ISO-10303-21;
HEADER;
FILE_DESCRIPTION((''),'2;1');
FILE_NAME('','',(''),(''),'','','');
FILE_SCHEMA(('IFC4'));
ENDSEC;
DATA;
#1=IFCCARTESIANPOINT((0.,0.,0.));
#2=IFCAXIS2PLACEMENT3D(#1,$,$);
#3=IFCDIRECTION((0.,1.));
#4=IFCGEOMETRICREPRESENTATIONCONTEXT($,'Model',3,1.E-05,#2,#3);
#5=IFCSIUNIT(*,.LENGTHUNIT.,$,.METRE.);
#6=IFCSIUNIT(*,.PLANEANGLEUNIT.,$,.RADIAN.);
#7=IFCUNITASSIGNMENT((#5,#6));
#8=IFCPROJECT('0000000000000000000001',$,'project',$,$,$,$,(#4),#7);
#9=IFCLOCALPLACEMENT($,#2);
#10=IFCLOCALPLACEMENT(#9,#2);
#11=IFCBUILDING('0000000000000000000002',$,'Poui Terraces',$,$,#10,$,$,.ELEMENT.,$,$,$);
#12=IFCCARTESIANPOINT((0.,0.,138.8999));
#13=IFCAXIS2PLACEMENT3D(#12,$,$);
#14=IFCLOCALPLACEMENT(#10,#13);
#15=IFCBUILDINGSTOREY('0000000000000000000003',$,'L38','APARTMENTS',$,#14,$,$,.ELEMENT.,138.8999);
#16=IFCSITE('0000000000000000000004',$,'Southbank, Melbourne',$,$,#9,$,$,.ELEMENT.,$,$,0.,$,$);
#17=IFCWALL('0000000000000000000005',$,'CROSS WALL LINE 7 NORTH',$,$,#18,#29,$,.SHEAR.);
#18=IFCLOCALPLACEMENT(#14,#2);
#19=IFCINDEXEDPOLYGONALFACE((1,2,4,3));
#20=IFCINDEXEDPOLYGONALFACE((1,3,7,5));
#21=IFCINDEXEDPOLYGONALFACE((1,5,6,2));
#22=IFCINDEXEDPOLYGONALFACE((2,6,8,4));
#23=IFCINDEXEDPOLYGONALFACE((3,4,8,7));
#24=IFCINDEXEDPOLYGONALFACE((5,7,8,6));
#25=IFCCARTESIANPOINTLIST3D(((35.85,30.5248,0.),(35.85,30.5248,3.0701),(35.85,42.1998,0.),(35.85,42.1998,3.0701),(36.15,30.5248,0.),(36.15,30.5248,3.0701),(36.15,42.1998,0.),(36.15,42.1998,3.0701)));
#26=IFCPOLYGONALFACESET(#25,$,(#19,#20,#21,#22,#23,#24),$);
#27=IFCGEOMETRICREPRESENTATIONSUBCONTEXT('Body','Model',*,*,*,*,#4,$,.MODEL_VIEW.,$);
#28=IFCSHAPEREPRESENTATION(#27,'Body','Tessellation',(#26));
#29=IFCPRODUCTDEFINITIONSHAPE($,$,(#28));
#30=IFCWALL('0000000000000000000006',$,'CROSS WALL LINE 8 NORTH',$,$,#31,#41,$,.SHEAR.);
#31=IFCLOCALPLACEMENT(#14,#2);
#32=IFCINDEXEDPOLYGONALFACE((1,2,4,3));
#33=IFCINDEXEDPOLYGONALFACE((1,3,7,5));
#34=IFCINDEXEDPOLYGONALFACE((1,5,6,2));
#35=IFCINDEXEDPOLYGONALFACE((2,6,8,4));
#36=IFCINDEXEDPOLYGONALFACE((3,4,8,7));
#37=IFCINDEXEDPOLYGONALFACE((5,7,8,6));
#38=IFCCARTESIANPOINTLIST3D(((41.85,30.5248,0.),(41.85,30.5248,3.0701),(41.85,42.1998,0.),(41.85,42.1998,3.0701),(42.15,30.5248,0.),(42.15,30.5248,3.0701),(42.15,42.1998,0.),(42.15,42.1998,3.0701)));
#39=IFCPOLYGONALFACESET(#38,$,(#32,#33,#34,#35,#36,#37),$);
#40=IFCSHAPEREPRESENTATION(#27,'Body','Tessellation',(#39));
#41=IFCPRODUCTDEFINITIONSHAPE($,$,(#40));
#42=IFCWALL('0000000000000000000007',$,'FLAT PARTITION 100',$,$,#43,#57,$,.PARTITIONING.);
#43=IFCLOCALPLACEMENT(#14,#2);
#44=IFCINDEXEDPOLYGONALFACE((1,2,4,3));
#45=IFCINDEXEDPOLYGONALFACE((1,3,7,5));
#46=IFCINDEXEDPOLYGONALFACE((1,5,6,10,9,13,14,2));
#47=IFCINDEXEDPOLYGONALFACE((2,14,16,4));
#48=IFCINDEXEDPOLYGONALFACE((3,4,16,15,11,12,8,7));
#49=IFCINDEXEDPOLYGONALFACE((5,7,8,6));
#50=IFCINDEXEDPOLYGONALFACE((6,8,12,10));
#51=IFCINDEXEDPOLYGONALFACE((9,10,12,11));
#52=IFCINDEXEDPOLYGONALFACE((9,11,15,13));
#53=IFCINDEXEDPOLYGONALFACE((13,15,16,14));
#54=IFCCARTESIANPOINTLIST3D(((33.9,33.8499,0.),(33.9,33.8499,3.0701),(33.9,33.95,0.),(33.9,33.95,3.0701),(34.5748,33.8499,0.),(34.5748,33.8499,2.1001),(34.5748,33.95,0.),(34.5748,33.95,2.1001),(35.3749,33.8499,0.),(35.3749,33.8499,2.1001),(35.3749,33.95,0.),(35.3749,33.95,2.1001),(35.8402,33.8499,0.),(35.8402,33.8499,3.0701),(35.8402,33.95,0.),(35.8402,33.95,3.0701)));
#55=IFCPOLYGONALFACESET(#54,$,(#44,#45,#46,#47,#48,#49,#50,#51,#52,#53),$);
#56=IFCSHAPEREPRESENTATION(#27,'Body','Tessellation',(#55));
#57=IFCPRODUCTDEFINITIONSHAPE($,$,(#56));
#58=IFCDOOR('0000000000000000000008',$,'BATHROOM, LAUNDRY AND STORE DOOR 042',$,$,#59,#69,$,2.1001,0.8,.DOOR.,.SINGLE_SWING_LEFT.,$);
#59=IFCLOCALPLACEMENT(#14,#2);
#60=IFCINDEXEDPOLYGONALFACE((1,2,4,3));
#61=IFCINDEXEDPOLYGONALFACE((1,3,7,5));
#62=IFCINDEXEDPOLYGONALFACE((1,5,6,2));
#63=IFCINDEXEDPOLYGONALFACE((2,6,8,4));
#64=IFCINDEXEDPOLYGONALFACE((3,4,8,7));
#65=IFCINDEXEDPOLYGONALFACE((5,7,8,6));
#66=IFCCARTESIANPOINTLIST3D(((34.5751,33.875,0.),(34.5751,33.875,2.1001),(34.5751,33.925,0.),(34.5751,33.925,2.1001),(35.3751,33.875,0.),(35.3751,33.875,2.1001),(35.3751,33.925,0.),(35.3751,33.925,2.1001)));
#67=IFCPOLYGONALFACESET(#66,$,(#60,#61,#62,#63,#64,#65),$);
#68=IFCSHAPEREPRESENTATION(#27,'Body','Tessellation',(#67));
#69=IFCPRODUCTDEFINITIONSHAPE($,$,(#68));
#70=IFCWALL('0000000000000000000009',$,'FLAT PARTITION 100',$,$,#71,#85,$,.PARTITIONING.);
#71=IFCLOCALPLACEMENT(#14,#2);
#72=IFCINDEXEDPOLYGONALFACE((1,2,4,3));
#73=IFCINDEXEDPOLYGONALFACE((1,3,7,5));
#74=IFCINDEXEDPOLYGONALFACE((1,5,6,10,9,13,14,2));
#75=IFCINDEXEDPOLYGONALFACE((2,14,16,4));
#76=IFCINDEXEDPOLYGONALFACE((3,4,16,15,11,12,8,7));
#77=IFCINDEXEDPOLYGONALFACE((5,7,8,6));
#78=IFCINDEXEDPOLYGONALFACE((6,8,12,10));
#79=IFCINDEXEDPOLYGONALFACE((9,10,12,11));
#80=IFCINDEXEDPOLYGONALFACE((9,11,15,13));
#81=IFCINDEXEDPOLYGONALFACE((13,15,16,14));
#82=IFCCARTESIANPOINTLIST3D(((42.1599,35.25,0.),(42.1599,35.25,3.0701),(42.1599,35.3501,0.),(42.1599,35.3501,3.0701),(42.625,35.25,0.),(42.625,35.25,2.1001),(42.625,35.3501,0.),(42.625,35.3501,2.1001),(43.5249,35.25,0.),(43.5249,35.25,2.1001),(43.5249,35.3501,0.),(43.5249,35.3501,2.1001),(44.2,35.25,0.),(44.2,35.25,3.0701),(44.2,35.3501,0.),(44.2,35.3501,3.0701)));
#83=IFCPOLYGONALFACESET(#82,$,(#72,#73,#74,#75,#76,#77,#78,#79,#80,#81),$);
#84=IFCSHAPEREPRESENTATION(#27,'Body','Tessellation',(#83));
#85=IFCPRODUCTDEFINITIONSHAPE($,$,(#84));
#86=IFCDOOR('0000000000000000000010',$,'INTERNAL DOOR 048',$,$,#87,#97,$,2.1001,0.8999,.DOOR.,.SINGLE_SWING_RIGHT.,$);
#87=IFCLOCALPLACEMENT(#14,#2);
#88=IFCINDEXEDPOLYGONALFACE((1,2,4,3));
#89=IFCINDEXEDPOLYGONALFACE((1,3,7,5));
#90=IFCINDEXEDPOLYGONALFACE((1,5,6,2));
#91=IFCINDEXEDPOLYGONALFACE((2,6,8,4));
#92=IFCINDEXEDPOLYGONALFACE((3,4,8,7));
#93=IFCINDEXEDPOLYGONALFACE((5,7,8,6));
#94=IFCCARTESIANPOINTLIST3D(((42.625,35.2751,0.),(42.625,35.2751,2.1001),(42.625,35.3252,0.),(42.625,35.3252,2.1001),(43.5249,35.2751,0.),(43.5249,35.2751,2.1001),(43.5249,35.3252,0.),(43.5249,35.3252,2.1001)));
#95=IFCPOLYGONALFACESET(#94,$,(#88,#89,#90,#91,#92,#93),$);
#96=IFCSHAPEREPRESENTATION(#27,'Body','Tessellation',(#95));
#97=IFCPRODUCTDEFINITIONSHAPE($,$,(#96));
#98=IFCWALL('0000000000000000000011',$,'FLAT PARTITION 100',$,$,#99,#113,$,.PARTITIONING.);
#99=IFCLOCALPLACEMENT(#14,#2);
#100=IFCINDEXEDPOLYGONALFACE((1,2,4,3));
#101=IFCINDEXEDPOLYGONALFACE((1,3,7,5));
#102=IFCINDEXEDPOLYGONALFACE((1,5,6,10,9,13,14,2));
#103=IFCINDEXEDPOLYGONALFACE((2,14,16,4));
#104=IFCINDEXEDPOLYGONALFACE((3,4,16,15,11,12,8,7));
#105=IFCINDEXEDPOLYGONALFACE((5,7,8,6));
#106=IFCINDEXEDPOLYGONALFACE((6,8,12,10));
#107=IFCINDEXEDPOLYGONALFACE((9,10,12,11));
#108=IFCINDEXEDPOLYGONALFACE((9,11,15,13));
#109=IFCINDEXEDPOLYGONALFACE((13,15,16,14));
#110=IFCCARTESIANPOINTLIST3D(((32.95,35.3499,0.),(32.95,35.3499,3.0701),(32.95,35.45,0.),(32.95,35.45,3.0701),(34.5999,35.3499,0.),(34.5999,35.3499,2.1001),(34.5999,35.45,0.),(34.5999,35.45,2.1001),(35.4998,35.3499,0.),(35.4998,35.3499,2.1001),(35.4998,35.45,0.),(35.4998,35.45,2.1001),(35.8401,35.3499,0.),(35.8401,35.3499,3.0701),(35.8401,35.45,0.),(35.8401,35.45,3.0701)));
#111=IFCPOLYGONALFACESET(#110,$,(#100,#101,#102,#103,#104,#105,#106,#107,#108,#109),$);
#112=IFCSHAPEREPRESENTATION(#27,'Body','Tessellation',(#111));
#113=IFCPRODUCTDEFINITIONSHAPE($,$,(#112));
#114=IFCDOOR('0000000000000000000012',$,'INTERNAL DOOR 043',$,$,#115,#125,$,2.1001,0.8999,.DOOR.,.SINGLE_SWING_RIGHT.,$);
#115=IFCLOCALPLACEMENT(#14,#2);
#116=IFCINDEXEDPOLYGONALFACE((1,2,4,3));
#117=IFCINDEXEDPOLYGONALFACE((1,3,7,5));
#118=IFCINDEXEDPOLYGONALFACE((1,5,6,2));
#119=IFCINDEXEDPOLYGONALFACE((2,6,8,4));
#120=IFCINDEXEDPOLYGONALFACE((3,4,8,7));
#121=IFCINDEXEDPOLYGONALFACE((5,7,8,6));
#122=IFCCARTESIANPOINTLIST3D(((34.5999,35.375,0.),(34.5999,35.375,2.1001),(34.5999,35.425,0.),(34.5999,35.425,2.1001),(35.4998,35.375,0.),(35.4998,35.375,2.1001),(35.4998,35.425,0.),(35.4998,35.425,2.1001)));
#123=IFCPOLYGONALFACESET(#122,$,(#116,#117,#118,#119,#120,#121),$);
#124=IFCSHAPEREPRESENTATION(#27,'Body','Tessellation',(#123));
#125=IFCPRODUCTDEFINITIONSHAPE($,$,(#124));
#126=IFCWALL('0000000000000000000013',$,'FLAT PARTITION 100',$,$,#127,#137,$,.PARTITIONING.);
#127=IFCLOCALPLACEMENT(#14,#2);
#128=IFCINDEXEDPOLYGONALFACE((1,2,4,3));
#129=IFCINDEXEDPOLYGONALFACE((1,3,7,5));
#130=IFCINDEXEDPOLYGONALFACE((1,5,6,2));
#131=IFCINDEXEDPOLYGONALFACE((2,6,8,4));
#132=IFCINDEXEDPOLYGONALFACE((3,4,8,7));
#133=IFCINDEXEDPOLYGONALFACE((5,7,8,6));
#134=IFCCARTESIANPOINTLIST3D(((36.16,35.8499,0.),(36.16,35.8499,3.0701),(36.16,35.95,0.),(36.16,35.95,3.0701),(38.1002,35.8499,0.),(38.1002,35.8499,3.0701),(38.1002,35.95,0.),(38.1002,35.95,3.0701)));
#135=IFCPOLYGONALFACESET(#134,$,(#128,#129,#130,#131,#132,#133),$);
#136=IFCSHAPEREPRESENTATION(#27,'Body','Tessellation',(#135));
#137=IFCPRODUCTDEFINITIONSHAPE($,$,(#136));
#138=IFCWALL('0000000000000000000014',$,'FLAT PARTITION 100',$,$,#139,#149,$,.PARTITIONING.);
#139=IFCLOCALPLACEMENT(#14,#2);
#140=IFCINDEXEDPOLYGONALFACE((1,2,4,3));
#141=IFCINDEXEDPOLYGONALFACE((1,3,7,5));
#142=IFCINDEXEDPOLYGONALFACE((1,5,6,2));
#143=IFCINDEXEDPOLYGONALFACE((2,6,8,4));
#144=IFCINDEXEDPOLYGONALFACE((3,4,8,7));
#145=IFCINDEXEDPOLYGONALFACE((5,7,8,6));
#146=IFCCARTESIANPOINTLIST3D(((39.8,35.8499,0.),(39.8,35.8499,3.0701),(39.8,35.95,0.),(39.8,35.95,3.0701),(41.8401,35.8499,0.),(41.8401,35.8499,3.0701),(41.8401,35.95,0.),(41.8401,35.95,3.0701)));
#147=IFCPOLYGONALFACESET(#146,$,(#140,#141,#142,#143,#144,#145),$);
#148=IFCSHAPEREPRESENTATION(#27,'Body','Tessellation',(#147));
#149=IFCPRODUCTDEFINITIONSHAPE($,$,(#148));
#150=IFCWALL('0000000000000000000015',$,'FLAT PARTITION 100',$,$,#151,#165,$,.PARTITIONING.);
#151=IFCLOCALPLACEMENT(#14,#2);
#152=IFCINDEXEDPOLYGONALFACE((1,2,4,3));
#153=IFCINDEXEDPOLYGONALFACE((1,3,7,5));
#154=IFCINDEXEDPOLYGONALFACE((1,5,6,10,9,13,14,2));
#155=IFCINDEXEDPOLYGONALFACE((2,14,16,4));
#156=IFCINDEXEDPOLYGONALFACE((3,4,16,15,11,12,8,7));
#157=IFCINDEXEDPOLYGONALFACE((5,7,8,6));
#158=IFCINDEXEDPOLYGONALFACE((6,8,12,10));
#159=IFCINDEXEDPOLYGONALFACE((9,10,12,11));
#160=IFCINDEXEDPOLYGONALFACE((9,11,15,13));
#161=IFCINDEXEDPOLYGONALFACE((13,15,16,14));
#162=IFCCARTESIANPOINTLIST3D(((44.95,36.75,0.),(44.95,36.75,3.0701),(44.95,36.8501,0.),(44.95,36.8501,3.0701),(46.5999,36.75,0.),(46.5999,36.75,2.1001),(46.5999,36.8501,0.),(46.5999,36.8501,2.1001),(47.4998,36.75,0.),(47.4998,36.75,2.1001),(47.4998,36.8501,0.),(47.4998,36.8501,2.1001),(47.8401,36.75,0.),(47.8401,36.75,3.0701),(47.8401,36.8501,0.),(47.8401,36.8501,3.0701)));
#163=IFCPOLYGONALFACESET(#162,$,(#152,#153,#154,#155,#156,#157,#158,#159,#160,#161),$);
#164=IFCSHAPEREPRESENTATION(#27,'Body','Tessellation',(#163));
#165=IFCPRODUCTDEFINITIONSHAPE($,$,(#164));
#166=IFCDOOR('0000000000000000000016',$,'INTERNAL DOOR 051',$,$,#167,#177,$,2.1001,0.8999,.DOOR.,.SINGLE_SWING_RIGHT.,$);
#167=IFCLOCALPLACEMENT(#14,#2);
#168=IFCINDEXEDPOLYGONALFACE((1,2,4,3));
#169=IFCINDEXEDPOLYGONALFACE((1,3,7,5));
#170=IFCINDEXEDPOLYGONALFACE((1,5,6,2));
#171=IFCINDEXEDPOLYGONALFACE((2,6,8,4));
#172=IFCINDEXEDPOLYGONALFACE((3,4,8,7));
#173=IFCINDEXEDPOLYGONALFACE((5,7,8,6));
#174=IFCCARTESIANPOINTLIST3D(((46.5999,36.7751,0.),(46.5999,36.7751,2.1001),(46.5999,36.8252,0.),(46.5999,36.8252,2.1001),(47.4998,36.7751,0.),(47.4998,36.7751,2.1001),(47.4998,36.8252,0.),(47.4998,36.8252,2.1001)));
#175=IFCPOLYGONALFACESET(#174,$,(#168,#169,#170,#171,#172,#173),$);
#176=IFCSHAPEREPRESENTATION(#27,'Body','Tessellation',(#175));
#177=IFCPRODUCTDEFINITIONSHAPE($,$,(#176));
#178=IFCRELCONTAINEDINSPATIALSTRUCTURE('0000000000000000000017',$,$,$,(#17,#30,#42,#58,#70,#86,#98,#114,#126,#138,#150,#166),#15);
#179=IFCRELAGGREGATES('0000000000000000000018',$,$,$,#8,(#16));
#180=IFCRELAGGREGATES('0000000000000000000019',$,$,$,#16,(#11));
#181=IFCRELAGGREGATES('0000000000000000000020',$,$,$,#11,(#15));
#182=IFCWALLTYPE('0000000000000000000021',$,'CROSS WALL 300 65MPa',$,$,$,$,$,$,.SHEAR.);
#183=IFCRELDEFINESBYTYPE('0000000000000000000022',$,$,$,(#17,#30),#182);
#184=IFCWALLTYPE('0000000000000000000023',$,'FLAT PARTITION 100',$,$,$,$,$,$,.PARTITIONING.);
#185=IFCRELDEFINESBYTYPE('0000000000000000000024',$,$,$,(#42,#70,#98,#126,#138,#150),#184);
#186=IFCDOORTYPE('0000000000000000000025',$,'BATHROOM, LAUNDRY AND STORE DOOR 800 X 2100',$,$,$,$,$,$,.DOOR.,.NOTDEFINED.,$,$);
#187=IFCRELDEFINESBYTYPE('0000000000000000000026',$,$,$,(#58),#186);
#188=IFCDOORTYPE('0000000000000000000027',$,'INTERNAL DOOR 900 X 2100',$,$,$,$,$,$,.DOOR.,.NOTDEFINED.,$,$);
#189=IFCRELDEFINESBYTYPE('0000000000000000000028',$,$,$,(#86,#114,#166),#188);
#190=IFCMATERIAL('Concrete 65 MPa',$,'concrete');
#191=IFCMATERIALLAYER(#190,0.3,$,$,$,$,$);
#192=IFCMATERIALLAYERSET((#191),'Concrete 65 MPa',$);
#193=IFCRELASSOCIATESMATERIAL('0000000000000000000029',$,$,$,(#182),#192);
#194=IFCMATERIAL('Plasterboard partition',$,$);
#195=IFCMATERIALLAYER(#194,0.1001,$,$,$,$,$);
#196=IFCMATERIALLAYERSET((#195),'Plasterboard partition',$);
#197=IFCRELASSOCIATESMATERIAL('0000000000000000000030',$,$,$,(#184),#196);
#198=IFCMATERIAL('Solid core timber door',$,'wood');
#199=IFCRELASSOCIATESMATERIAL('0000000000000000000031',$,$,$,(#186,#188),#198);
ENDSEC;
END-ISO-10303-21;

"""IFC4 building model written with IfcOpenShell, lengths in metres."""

from ifc_helpers import new_model, si_unit, direction, frame, frame_2d, origin, place, context, subcontext, project, spatial, rectangle, extrude, material, layer, layer_set, type_object, element, fill, save


model = new_model("IFC4")

# Units and contexts
model_context = context("Model", 3, precision=1e-05, world=origin(), true_north=direction((0.0, 1.0)))
body_context = subcontext(model_context, "Body", "Model", "MODEL_VIEW")
ifc_project = project(units=[si_unit("LENGTHUNIT", "METRE"), si_unit("PLANEANGLEUNIT", "RADIAN")], contexts=[model_context])

# Site, building, storey
site_placement = place(None, origin())
site = spatial("IfcSite", under=ifc_project, at=site_placement, Name="Southbank, Melbourne", CompositionType="ELEMENT", RefElevation=0.0)
building_placement = place(site_placement, origin())
building = spatial("IfcBuilding", under=site, at=building_placement, Name="Poui Terraces", CompositionType="ELEMENT")
storey_placement = place(building_placement, frame((0.0, 0.0, 138.8999)))
storey = spatial("IfcBuildingStorey", under=building, at=storey_placement, Name="L38", Description="APARTMENTS", CompositionType="ELEMENT", Elevation=138.8999)

# Walls
ifc_material_1 = material(Name="Concrete 65 MPa", Category="concrete")
ifc_layer_1 = layer(ifc_material_1, 0.3)
ifc_layer_set_1 = layer_set([ifc_layer_1], Name="Concrete 65 MPa")
wall_type_1 = type_object("IfcWallType", Name="CROSS WALL 300 65MPa", PredefinedType="SHEAR", material=ifc_layer_set_1)
for number, where, z_axis, x_axis, name in (
    (1, (36.0, 30.5249, 0.0), (0.0, 0.0, 1.0), (0.0, 1.0, 0.0), "CROSS WALL LINE 7 NORTH"),
    (2, (42.0, 30.5249, 0.0), (0.0, 0.0, 1.0), (0.0, 1.0, 0.0), "CROSS WALL LINE 8 NORTH"),
):
    element("IfcWall", number, at=place(storey_placement, frame(where, z_axis=z_axis, x_axis=x_axis)), inside=storey, type_object=wall_type_1, Name=name, PredefinedType="SHEAR", context=body_context, shape_type="SweptSolid", body=[
        extrude(rectangle(XDim=11.675, YDim=0.3, at=frame_2d((5.8374, 0.0))), origin(), (0.0, 0.0, 1.0), 3.0701),
    ])

# Walls, openings, doors
ifc_material_2 = material(Name="Plasterboard partition")
ifc_layer_2 = layer(ifc_material_2, 0.1001)
ifc_layer_set_2 = layer_set([ifc_layer_2], Name="Plasterboard partition")
wall_type_2 = type_object("IfcWallType", Name="FLAT PARTITION 100", PredefinedType="PARTITIONING", material=ifc_layer_set_2)
wall_1_placement = place(storey_placement, frame((33.8999, 33.8999, 0.0), z_axis=(0.0, 0.0, 1.0), x_axis=(1.0, 0.0, 0.0)))
wall_1 = element("IfcWall", 3, at=wall_1_placement, inside=storey, type_object=wall_type_2, Name="FLAT PARTITION 100", PredefinedType="PARTITIONING", context=body_context, shape_type="SweptSolid", body=[
    extrude(rectangle(XDim=1.9402, YDim=0.1001, at=frame_2d((0.9702, 0.0))), origin(), (0.0, 0.0, 1.0), 3.0701),
])
opening_1_placement = place(wall_1_placement, frame((0.675, 0.0, 0.0)))
opening_1 = element("IfcOpeningElement", 4, at=opening_1_placement, cuts=wall_1, PredefinedType="OPENING", context=body_context, shape_type="SweptSolid", body=[
    extrude(rectangle(XDim=0.8, YDim=2.1001, at=frame_2d((0.3999, 1.05))), frame((0.0, 0.0601, 0.0), z_axis=(0.0, -1.0, 0.0), x_axis=(1.0, 0.0, 0.0)), (0.0, 0.0, 1.0), 0.1201),
])
ifc_material_3 = material(Name="Solid core timber door", Category="wood")
door_type_1 = type_object("IfcDoorType", Name="BATHROOM, LAUNDRY AND STORE DOOR 800 X 2100", OperationType="NOTDEFINED", PredefinedType="DOOR", material=ifc_material_3)
door_1_placement = place(opening_1_placement, frame((0.8, 0.0, 0.0), z_axis=(0.0, 0.0, 1.0), x_axis=(-1.0, 0.0, 0.0)))
door_1 = element("IfcDoor", 5, at=door_1_placement, inside=storey, type_object=door_type_1, Name="BATHROOM, LAUNDRY AND STORE DOOR 042", OperationType="SINGLE_SWING_LEFT", OverallHeight=2.1001, OverallWidth=0.8, PredefinedType="DOOR", context=body_context, shape_type="SweptSolid", body=[
    extrude(rectangle(XDim=0.8, YDim=2.1001, at=frame_2d((0.3999, 1.05))), frame((0.0, 0.0249, 0.0), z_axis=(0.0, -1.0, 0.0), x_axis=(1.0, 0.0, 0.0)), (0.0, 0.0, 1.0), 0.05),
])
fill(opening_1, door_1)
wall_2_placement = place(storey_placement, frame((42.1599, 35.3, 0.0), z_axis=(0.0, 0.0, 1.0), x_axis=(1.0, 0.0, 0.0)))
wall_2 = element("IfcWall", 6, at=wall_2_placement, inside=storey, type_object=wall_type_2, Name="FLAT PARTITION 100", PredefinedType="PARTITIONING", context=body_context, shape_type="SweptSolid", body=[
    extrude(rectangle(XDim=2.04, YDim=0.1001, at=frame_2d((1.02, 0.0))), origin(), (0.0, 0.0, 1.0), 3.0701),
])
opening_2_placement = place(wall_2_placement, frame((0.4651, 0.0, 0.0)))
opening_2 = element("IfcOpeningElement", 7, at=opening_2_placement, cuts=wall_2, PredefinedType="OPENING", context=body_context, shape_type="SweptSolid", body=[
    extrude(rectangle(XDim=0.8999, YDim=2.1001, at=frame_2d((0.45, 1.05))), frame((0.0, 0.0601, 0.0), z_axis=(0.0, -1.0, 0.0), x_axis=(1.0, 0.0, 0.0)), (0.0, 0.0, 1.0), 0.1201),
])
door_type_2 = type_object("IfcDoorType", Name="INTERNAL DOOR 900 X 2100", OperationType="NOTDEFINED", PredefinedType="DOOR", material=ifc_material_3)
door_2_placement = place(opening_2_placement, frame((0.8999, 0.0, 0.0), z_axis=(0.0, 0.0, 1.0), x_axis=(-1.0, 0.0, 0.0)))
door_2 = element("IfcDoor", 8, at=door_2_placement, inside=storey, type_object=door_type_2, Name="INTERNAL DOOR 048", OperationType="SINGLE_SWING_RIGHT", OverallHeight=2.1001, OverallWidth=0.8999, PredefinedType="DOOR", context=body_context, shape_type="SweptSolid", body=[
    extrude(rectangle(XDim=0.8999, YDim=2.1001, at=frame_2d((0.45, 1.05))), frame((0.0, 0.0249, 0.0), z_axis=(0.0, -1.0, 0.0), x_axis=(1.0, 0.0, 0.0)), (0.0, 0.0, 1.0), 0.05),
])
fill(opening_2, door_2)
wall_3_placement = place(storey_placement, frame((32.95, 35.3999, 0.0), z_axis=(0.0, 0.0, 1.0), x_axis=(1.0, 0.0, 0.0)))
wall_3 = element("IfcWall", 9, at=wall_3_placement, inside=storey, type_object=wall_type_2, Name="FLAT PARTITION 100", PredefinedType="PARTITIONING", context=body_context, shape_type="SweptSolid", body=[
    extrude(rectangle(XDim=2.8901, YDim=0.1001, at=frame_2d((1.4451, 0.0))), origin(), (0.0, 0.0, 1.0), 3.0701),
])
opening_3_placement = place(wall_3_placement, frame((1.6499, 0.0, 0.0)))
opening_3 = element("IfcOpeningElement", 10, at=opening_3_placement, cuts=wall_3, PredefinedType="OPENING", context=body_context, shape_type="SweptSolid", body=[
    extrude(rectangle(XDim=0.8999, YDim=2.1001, at=frame_2d((0.45, 1.05))), frame((0.0, 0.0601, 0.0), z_axis=(0.0, -1.0, 0.0), x_axis=(1.0, 0.0, 0.0)), (0.0, 0.0, 1.0), 0.1201),
])
door_3_placement = place(opening_3_placement, frame((0.8999, 0.0, 0.0), z_axis=(0.0, 0.0, 1.0), x_axis=(-1.0, 0.0, 0.0)))
door_3 = element("IfcDoor", 11, at=door_3_placement, inside=storey, type_object=door_type_2, Name="INTERNAL DOOR 043", OperationType="SINGLE_SWING_RIGHT", OverallHeight=2.1001, OverallWidth=0.8999, PredefinedType="DOOR", context=body_context, shape_type="SweptSolid", body=[
    extrude(rectangle(XDim=0.8999, YDim=2.1001, at=frame_2d((0.45, 1.05))), frame((0.0, 0.0249, 0.0), z_axis=(0.0, -1.0, 0.0), x_axis=(1.0, 0.0, 0.0)), (0.0, 0.0, 1.0), 0.05),
])
fill(opening_3, door_3)

# Walls
wall_4_placement = place(storey_placement, frame((36.1599, 35.8999, 0.0), z_axis=(0.0, 0.0, 1.0), x_axis=(1.0, 0.0, 0.0)))
element("IfcWall", 12, at=wall_4_placement, inside=storey, type_object=wall_type_2, Name="FLAT PARTITION 100", PredefinedType="PARTITIONING", context=body_context, shape_type="SweptSolid", body=[
    extrude(rectangle(XDim=1.9402, YDim=0.1001, at=frame_2d((0.9702, 0.0))), origin(), (0.0, 0.0, 1.0), 3.0701),
])
wall_5_placement = place(storey_placement, frame((39.8, 35.8999, 0.0), z_axis=(0.0, 0.0, 1.0), x_axis=(1.0, 0.0, 0.0)))
element("IfcWall", 13, at=wall_5_placement, inside=storey, type_object=wall_type_2, Name="FLAT PARTITION 100", PredefinedType="PARTITIONING", context=body_context, shape_type="SweptSolid", body=[
    extrude(rectangle(XDim=2.04, YDim=0.1001, at=frame_2d((1.02, 0.0))), origin(), (0.0, 0.0, 1.0), 3.0701),
])

# Wall, opening, door
wall_6_placement = place(storey_placement, frame((44.95, 36.8, 0.0), z_axis=(0.0, 0.0, 1.0), x_axis=(1.0, 0.0, 0.0)))
wall_6 = element("IfcWall", 14, at=wall_6_placement, inside=storey, type_object=wall_type_2, Name="FLAT PARTITION 100", PredefinedType="PARTITIONING", context=body_context, shape_type="SweptSolid", body=[
    extrude(rectangle(XDim=2.8901, YDim=0.1001, at=frame_2d((1.4451, 0.0))), origin(), (0.0, 0.0, 1.0), 3.0701),
])
opening_4_placement = place(wall_6_placement, frame((1.6499, 0.0, 0.0)))
opening_4 = element("IfcOpeningElement", 15, at=opening_4_placement, cuts=wall_6, PredefinedType="OPENING", context=body_context, shape_type="SweptSolid", body=[
    extrude(rectangle(XDim=0.8999, YDim=2.1001, at=frame_2d((0.45, 1.05))), frame((0.0, 0.0601, 0.0), z_axis=(0.0, -1.0, 0.0), x_axis=(1.0, 0.0, 0.0)), (0.0, 0.0, 1.0), 0.1201),
])
door_4_placement = place(opening_4_placement, frame((0.8999, 0.0, 0.0), z_axis=(0.0, 0.0, 1.0), x_axis=(-1.0, 0.0, 0.0)))
door_4 = element("IfcDoor", 16, at=door_4_placement, inside=storey, type_object=door_type_2, Name="INTERNAL DOOR 051", OperationType="SINGLE_SWING_RIGHT", OverallHeight=2.1001, OverallWidth=0.8999, PredefinedType="DOOR", context=body_context, shape_type="SweptSolid", body=[
    extrude(rectangle(XDim=0.8999, YDim=2.1001, at=frame_2d((0.45, 1.05))), frame((0.0, 0.0249, 0.0), z_axis=(0.0, -1.0, 0.0), x_axis=(1.0, 0.0, 0.0)), (0.0, 0.0, 1.0), 0.05),
])
fill(opening_4, door_4)

save(model, "model.ifc")
